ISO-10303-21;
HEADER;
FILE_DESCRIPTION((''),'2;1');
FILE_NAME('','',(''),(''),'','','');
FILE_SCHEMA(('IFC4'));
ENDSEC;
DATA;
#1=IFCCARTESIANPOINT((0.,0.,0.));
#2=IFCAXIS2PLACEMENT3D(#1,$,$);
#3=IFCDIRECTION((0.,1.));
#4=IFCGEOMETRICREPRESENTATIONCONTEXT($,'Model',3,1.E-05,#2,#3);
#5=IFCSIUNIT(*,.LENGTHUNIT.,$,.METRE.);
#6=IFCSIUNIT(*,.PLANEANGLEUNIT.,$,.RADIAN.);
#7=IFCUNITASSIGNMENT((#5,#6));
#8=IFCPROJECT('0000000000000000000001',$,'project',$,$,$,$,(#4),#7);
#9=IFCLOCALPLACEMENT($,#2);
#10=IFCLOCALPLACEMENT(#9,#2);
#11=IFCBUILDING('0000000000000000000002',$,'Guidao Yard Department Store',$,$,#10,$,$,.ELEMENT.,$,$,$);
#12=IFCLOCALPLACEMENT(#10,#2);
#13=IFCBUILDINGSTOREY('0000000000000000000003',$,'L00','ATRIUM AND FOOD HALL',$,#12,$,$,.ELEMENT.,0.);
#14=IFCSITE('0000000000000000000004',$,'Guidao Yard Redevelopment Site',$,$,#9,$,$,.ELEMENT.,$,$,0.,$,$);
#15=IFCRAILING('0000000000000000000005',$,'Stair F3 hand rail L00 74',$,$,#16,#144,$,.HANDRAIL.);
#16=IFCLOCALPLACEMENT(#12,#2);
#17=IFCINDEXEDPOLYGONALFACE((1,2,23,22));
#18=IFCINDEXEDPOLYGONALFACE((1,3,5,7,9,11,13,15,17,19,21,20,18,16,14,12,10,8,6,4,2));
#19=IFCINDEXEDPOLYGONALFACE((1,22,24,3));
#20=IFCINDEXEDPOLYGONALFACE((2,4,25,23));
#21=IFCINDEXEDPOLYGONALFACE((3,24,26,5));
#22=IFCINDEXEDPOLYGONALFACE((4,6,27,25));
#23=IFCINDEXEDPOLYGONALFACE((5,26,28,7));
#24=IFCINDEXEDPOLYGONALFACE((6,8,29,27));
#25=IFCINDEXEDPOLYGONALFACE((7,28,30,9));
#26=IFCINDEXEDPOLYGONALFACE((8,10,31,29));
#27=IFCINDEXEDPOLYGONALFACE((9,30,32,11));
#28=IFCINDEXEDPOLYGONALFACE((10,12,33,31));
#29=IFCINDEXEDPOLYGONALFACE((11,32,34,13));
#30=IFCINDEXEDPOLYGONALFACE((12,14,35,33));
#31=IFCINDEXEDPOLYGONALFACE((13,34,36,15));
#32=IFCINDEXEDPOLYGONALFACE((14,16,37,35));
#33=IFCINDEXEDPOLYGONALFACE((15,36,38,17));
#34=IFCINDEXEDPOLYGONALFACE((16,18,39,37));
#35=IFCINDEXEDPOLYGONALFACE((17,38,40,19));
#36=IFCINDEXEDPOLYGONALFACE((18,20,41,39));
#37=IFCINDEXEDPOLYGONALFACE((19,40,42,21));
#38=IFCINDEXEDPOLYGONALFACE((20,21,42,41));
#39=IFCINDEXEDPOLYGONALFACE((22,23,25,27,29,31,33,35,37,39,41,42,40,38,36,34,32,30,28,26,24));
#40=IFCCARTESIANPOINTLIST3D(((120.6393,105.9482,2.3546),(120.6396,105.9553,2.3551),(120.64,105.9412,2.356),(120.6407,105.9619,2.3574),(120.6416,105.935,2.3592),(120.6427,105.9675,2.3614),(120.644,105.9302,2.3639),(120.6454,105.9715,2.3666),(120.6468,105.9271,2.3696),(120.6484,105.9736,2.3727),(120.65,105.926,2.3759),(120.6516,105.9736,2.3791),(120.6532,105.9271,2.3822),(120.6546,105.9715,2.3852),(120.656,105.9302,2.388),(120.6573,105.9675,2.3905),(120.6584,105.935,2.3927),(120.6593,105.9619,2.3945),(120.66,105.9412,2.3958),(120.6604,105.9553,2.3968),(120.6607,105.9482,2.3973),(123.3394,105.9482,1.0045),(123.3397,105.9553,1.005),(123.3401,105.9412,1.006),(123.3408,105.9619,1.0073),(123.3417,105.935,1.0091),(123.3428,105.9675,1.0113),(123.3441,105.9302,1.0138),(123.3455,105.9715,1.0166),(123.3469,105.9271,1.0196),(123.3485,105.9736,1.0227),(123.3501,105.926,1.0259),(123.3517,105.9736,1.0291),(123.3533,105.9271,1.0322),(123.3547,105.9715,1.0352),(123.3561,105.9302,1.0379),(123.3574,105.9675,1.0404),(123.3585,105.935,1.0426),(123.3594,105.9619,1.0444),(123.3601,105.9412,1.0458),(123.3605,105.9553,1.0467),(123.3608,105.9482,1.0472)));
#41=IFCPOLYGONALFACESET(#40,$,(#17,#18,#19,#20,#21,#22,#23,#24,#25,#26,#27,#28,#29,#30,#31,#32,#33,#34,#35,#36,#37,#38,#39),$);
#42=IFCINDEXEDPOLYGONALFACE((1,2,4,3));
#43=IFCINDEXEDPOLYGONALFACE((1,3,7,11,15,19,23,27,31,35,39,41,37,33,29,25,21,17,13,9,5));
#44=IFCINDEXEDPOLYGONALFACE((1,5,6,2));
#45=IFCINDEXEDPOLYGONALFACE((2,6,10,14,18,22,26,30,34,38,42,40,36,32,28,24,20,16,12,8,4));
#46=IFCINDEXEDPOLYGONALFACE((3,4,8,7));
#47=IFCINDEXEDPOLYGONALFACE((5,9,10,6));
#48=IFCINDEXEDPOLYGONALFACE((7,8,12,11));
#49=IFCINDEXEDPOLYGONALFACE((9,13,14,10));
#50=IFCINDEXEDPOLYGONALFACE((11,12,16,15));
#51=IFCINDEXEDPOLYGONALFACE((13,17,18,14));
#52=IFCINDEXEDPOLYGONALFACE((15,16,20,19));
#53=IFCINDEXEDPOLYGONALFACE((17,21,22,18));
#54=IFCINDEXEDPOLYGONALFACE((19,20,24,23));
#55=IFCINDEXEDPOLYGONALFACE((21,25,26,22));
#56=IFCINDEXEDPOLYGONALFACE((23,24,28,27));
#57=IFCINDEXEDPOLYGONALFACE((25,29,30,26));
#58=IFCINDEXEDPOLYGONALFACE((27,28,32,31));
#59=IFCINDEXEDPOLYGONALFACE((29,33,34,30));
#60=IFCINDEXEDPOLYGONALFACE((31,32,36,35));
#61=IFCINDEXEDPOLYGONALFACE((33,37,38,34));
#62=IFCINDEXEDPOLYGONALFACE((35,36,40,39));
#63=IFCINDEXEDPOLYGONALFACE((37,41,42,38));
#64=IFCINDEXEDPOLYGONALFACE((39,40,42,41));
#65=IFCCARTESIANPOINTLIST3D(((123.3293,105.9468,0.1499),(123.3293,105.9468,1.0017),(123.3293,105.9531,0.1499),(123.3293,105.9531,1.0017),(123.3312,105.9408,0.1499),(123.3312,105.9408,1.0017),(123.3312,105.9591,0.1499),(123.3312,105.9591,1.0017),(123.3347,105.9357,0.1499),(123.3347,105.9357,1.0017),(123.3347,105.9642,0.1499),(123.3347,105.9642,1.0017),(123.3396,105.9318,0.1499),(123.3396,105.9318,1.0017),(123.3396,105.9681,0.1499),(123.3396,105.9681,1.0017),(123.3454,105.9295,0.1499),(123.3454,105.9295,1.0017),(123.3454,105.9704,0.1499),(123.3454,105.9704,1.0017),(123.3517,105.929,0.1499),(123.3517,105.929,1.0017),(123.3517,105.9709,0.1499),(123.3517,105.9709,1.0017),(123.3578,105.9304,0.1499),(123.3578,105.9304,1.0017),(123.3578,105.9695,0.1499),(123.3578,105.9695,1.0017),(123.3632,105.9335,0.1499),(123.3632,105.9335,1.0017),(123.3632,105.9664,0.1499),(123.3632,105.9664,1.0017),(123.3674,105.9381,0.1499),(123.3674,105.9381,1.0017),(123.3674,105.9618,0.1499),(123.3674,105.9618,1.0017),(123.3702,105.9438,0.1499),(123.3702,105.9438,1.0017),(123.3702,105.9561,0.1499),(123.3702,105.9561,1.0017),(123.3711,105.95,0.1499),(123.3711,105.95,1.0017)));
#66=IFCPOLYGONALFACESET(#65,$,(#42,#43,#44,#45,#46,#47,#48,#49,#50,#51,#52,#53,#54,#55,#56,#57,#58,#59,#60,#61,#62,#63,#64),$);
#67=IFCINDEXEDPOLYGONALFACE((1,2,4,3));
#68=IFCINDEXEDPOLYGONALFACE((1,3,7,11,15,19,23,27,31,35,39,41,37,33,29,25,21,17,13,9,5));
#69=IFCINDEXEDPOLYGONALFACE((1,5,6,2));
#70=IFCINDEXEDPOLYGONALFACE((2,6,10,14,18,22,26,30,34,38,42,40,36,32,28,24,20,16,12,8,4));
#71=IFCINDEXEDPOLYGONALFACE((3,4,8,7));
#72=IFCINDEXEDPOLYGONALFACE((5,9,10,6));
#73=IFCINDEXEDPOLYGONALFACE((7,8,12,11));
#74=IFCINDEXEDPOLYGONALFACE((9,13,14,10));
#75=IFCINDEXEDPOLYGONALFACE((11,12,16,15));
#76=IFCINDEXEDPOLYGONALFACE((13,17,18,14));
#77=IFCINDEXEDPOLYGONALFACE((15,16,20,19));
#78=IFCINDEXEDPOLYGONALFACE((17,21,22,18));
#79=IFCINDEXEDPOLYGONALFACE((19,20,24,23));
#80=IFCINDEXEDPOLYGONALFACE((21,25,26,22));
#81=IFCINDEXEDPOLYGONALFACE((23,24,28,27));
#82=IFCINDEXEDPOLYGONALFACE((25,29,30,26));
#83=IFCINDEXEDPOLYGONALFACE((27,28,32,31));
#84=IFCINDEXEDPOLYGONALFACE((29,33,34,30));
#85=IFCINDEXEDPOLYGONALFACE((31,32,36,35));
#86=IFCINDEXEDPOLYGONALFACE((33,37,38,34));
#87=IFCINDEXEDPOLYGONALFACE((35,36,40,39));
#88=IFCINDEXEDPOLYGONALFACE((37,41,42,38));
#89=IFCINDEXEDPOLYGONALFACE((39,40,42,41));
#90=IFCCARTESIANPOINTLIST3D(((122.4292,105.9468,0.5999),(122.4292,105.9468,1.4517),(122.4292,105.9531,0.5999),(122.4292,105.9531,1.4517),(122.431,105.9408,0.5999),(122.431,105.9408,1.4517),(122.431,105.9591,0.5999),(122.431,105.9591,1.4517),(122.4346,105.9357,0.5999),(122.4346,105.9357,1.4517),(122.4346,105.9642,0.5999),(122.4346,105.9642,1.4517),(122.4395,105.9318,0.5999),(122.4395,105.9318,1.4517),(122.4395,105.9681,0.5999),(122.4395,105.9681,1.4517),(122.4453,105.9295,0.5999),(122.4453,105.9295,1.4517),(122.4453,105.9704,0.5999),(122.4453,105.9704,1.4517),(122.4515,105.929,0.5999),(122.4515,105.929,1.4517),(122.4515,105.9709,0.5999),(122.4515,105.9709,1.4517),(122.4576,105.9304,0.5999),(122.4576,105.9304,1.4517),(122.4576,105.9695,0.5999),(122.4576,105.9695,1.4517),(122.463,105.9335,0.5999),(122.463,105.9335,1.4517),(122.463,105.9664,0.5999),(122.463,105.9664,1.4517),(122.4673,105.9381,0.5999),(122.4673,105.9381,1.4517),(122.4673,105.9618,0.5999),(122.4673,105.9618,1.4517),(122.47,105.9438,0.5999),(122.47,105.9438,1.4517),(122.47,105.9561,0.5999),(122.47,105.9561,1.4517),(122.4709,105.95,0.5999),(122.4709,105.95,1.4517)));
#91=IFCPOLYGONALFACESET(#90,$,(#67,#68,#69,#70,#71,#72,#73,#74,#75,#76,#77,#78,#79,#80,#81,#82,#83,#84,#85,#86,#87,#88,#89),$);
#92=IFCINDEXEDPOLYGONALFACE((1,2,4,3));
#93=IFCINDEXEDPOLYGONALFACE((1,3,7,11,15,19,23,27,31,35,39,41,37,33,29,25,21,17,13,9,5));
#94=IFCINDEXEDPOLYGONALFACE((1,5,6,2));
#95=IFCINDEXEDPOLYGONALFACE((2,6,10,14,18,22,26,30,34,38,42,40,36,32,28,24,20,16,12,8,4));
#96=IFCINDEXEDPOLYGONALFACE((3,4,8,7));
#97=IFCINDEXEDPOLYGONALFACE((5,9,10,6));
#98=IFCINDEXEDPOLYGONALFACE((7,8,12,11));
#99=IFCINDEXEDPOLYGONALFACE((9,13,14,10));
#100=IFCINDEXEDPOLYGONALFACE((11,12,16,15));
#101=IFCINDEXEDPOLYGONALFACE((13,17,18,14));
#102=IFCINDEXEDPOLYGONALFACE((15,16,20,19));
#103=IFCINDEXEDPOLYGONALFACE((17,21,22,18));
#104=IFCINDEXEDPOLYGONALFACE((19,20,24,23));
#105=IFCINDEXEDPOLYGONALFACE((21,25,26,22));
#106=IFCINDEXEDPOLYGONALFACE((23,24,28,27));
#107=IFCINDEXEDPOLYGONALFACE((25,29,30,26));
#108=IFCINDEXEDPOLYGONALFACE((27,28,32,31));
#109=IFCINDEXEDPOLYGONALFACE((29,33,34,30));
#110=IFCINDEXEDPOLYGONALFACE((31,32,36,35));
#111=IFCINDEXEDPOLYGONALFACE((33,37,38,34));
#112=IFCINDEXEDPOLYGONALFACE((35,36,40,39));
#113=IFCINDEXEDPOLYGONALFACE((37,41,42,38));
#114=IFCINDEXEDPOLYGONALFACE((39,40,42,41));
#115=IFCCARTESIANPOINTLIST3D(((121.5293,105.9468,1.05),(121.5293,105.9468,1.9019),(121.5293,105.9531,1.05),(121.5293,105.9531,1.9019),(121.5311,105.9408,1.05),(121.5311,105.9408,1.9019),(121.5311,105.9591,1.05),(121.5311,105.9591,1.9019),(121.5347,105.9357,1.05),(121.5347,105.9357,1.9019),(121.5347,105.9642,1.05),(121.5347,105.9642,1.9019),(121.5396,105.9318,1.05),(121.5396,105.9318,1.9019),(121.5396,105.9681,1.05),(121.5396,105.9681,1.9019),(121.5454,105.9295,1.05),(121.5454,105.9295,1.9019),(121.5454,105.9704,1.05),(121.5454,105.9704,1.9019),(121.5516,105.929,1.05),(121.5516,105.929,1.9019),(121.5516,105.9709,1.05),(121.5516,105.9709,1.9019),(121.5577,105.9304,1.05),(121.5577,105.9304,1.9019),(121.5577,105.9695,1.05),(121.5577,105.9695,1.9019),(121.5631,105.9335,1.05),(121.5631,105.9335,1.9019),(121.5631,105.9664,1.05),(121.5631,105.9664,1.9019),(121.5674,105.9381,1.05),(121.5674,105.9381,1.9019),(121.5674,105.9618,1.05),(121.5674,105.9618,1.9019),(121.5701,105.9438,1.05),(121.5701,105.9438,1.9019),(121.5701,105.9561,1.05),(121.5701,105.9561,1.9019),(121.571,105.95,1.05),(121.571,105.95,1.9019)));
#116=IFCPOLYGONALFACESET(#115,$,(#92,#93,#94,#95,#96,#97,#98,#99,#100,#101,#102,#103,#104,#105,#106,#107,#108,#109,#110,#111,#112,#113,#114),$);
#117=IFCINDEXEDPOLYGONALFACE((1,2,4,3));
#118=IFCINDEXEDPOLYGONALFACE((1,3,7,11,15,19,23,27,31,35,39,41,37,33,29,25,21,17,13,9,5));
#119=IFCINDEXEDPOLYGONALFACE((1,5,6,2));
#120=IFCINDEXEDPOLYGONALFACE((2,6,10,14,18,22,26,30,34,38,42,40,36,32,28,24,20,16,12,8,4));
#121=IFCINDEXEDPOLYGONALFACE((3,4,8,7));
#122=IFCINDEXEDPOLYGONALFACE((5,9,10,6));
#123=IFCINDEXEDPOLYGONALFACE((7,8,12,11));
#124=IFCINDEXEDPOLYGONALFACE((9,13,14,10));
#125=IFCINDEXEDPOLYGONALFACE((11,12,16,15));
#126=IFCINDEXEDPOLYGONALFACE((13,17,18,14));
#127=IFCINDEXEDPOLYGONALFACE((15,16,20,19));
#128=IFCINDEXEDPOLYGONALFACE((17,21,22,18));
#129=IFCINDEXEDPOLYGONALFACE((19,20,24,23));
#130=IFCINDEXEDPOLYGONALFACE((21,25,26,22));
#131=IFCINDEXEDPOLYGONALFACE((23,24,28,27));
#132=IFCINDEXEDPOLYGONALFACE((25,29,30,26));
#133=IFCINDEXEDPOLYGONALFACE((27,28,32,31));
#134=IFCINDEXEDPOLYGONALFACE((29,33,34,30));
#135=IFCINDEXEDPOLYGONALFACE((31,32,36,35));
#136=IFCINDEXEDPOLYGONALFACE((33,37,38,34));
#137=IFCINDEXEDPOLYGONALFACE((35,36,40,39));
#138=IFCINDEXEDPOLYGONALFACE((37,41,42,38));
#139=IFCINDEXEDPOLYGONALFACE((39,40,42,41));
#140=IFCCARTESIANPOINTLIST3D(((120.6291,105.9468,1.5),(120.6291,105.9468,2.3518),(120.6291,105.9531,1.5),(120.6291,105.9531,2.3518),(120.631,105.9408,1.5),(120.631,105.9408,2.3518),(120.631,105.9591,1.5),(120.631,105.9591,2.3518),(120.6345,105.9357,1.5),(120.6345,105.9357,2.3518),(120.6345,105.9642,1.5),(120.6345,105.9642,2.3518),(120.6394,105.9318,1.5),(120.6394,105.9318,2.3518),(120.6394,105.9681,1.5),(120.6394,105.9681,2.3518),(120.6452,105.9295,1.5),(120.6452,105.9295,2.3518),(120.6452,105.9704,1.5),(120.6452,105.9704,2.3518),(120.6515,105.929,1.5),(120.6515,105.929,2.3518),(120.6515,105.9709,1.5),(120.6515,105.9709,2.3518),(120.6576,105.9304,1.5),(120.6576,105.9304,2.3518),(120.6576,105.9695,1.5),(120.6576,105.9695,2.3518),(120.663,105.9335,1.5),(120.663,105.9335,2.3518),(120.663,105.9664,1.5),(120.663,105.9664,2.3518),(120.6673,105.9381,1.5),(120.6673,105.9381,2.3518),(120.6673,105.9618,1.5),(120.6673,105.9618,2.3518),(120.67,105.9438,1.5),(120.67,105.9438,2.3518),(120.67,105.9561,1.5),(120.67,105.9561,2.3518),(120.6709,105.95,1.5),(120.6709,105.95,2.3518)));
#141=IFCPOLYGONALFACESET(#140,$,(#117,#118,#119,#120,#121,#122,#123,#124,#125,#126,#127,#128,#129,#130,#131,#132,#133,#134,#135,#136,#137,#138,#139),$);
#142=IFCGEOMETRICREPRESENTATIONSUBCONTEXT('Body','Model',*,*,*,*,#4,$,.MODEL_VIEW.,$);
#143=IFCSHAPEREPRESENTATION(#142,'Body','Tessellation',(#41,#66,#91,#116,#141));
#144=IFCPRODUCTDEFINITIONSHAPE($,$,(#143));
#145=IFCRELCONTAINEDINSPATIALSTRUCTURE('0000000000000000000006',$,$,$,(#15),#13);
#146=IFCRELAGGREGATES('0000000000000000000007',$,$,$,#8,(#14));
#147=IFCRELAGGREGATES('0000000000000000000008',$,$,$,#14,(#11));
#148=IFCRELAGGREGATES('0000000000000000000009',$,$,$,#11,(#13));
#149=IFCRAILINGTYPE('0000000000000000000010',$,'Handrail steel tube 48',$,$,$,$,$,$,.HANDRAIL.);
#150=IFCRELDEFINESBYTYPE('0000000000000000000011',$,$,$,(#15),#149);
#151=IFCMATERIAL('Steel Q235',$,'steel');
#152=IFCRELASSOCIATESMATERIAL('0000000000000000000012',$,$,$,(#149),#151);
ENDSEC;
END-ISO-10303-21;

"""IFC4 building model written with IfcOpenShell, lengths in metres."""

from ifc_helpers import new_model, si_unit, direction, frame, origin, origin_2d, place, context, subcontext, project, spatial, circle, extrude, material, type_object, element, save


model = new_model("IFC4")

# Units and contexts
model_context = context("Model", 3, precision=1e-05, world=origin(), true_north=direction((0.0, 1.0)))
body_context = subcontext(model_context, "Body", "Model", "MODEL_VIEW")
ifc_project = project(units=[si_unit("LENGTHUNIT", "METRE"), si_unit("PLANEANGLEUNIT", "RADIAN")], contexts=[model_context])

# Site, building, storey
site_placement = place(None, origin())
site = spatial("IfcSite", under=ifc_project, at=site_placement, Name="Guidao Yard Redevelopment Site", CompositionType="ELEMENT", RefElevation=0.0)
building_placement = place(site_placement, origin())
building = spatial("IfcBuilding", under=site, at=building_placement, Name="Guidao Yard Department Store", CompositionType="ELEMENT")
storey_placement = place(building_placement, origin())
storey = spatial("IfcBuildingStorey", under=building, at=storey_placement, Name="L00", Description="ATRIUM AND FOOD HALL", CompositionType="ELEMENT", Elevation=0.0)

# Railing
ifc_material_1 = material(Name="Steel Q235", Category="steel")
railing_type = type_object("IfcRailingType", Name="Handrail steel tube 48", PredefinedType="HANDRAIL", material=ifc_material_1)
for number, where, name in (
    (1, (123.3501, 105.95, 0.1499), "Stair F3 hand rail L00 74"),
):
    element("IfcRailing", number, at=place(storey_placement, frame(where)), inside=storey, type_object=railing_type, Name=name, PredefinedType="HANDRAIL", context=body_context, shape_type="SweptSolid", body=[
        extrude(circle(Radius=0.0239, at=origin_2d()), frame((0.0, 0.0, 0.876), z_axis=(-0.894427, 0.0, 0.447214), x_axis=(0.0, -1.0, 0.0)), (0.0, 0.0, 1.0), 3.0188),
        extrude(circle(Radius=0.021, at=origin_2d()), origin(), (0.0, 0.0, 1.0), 0.8518),
        extrude(circle(Radius=0.021, at=origin_2d()), frame((-0.9001, 0.0, 0.45)), (0.0, 0.0, 1.0), 0.8518),
        extrude(circle(Radius=0.021, at=origin_2d()), frame((-1.8, 0.0, 0.9001)), (0.0, 0.0, 1.0), 0.8518),
        extrude(circle(Radius=0.021, at=origin_2d()), frame((-2.7002, 0.0, 1.3501)), (0.0, 0.0, 1.0), 0.8518),
    ])

save(model, "model.ifc")
